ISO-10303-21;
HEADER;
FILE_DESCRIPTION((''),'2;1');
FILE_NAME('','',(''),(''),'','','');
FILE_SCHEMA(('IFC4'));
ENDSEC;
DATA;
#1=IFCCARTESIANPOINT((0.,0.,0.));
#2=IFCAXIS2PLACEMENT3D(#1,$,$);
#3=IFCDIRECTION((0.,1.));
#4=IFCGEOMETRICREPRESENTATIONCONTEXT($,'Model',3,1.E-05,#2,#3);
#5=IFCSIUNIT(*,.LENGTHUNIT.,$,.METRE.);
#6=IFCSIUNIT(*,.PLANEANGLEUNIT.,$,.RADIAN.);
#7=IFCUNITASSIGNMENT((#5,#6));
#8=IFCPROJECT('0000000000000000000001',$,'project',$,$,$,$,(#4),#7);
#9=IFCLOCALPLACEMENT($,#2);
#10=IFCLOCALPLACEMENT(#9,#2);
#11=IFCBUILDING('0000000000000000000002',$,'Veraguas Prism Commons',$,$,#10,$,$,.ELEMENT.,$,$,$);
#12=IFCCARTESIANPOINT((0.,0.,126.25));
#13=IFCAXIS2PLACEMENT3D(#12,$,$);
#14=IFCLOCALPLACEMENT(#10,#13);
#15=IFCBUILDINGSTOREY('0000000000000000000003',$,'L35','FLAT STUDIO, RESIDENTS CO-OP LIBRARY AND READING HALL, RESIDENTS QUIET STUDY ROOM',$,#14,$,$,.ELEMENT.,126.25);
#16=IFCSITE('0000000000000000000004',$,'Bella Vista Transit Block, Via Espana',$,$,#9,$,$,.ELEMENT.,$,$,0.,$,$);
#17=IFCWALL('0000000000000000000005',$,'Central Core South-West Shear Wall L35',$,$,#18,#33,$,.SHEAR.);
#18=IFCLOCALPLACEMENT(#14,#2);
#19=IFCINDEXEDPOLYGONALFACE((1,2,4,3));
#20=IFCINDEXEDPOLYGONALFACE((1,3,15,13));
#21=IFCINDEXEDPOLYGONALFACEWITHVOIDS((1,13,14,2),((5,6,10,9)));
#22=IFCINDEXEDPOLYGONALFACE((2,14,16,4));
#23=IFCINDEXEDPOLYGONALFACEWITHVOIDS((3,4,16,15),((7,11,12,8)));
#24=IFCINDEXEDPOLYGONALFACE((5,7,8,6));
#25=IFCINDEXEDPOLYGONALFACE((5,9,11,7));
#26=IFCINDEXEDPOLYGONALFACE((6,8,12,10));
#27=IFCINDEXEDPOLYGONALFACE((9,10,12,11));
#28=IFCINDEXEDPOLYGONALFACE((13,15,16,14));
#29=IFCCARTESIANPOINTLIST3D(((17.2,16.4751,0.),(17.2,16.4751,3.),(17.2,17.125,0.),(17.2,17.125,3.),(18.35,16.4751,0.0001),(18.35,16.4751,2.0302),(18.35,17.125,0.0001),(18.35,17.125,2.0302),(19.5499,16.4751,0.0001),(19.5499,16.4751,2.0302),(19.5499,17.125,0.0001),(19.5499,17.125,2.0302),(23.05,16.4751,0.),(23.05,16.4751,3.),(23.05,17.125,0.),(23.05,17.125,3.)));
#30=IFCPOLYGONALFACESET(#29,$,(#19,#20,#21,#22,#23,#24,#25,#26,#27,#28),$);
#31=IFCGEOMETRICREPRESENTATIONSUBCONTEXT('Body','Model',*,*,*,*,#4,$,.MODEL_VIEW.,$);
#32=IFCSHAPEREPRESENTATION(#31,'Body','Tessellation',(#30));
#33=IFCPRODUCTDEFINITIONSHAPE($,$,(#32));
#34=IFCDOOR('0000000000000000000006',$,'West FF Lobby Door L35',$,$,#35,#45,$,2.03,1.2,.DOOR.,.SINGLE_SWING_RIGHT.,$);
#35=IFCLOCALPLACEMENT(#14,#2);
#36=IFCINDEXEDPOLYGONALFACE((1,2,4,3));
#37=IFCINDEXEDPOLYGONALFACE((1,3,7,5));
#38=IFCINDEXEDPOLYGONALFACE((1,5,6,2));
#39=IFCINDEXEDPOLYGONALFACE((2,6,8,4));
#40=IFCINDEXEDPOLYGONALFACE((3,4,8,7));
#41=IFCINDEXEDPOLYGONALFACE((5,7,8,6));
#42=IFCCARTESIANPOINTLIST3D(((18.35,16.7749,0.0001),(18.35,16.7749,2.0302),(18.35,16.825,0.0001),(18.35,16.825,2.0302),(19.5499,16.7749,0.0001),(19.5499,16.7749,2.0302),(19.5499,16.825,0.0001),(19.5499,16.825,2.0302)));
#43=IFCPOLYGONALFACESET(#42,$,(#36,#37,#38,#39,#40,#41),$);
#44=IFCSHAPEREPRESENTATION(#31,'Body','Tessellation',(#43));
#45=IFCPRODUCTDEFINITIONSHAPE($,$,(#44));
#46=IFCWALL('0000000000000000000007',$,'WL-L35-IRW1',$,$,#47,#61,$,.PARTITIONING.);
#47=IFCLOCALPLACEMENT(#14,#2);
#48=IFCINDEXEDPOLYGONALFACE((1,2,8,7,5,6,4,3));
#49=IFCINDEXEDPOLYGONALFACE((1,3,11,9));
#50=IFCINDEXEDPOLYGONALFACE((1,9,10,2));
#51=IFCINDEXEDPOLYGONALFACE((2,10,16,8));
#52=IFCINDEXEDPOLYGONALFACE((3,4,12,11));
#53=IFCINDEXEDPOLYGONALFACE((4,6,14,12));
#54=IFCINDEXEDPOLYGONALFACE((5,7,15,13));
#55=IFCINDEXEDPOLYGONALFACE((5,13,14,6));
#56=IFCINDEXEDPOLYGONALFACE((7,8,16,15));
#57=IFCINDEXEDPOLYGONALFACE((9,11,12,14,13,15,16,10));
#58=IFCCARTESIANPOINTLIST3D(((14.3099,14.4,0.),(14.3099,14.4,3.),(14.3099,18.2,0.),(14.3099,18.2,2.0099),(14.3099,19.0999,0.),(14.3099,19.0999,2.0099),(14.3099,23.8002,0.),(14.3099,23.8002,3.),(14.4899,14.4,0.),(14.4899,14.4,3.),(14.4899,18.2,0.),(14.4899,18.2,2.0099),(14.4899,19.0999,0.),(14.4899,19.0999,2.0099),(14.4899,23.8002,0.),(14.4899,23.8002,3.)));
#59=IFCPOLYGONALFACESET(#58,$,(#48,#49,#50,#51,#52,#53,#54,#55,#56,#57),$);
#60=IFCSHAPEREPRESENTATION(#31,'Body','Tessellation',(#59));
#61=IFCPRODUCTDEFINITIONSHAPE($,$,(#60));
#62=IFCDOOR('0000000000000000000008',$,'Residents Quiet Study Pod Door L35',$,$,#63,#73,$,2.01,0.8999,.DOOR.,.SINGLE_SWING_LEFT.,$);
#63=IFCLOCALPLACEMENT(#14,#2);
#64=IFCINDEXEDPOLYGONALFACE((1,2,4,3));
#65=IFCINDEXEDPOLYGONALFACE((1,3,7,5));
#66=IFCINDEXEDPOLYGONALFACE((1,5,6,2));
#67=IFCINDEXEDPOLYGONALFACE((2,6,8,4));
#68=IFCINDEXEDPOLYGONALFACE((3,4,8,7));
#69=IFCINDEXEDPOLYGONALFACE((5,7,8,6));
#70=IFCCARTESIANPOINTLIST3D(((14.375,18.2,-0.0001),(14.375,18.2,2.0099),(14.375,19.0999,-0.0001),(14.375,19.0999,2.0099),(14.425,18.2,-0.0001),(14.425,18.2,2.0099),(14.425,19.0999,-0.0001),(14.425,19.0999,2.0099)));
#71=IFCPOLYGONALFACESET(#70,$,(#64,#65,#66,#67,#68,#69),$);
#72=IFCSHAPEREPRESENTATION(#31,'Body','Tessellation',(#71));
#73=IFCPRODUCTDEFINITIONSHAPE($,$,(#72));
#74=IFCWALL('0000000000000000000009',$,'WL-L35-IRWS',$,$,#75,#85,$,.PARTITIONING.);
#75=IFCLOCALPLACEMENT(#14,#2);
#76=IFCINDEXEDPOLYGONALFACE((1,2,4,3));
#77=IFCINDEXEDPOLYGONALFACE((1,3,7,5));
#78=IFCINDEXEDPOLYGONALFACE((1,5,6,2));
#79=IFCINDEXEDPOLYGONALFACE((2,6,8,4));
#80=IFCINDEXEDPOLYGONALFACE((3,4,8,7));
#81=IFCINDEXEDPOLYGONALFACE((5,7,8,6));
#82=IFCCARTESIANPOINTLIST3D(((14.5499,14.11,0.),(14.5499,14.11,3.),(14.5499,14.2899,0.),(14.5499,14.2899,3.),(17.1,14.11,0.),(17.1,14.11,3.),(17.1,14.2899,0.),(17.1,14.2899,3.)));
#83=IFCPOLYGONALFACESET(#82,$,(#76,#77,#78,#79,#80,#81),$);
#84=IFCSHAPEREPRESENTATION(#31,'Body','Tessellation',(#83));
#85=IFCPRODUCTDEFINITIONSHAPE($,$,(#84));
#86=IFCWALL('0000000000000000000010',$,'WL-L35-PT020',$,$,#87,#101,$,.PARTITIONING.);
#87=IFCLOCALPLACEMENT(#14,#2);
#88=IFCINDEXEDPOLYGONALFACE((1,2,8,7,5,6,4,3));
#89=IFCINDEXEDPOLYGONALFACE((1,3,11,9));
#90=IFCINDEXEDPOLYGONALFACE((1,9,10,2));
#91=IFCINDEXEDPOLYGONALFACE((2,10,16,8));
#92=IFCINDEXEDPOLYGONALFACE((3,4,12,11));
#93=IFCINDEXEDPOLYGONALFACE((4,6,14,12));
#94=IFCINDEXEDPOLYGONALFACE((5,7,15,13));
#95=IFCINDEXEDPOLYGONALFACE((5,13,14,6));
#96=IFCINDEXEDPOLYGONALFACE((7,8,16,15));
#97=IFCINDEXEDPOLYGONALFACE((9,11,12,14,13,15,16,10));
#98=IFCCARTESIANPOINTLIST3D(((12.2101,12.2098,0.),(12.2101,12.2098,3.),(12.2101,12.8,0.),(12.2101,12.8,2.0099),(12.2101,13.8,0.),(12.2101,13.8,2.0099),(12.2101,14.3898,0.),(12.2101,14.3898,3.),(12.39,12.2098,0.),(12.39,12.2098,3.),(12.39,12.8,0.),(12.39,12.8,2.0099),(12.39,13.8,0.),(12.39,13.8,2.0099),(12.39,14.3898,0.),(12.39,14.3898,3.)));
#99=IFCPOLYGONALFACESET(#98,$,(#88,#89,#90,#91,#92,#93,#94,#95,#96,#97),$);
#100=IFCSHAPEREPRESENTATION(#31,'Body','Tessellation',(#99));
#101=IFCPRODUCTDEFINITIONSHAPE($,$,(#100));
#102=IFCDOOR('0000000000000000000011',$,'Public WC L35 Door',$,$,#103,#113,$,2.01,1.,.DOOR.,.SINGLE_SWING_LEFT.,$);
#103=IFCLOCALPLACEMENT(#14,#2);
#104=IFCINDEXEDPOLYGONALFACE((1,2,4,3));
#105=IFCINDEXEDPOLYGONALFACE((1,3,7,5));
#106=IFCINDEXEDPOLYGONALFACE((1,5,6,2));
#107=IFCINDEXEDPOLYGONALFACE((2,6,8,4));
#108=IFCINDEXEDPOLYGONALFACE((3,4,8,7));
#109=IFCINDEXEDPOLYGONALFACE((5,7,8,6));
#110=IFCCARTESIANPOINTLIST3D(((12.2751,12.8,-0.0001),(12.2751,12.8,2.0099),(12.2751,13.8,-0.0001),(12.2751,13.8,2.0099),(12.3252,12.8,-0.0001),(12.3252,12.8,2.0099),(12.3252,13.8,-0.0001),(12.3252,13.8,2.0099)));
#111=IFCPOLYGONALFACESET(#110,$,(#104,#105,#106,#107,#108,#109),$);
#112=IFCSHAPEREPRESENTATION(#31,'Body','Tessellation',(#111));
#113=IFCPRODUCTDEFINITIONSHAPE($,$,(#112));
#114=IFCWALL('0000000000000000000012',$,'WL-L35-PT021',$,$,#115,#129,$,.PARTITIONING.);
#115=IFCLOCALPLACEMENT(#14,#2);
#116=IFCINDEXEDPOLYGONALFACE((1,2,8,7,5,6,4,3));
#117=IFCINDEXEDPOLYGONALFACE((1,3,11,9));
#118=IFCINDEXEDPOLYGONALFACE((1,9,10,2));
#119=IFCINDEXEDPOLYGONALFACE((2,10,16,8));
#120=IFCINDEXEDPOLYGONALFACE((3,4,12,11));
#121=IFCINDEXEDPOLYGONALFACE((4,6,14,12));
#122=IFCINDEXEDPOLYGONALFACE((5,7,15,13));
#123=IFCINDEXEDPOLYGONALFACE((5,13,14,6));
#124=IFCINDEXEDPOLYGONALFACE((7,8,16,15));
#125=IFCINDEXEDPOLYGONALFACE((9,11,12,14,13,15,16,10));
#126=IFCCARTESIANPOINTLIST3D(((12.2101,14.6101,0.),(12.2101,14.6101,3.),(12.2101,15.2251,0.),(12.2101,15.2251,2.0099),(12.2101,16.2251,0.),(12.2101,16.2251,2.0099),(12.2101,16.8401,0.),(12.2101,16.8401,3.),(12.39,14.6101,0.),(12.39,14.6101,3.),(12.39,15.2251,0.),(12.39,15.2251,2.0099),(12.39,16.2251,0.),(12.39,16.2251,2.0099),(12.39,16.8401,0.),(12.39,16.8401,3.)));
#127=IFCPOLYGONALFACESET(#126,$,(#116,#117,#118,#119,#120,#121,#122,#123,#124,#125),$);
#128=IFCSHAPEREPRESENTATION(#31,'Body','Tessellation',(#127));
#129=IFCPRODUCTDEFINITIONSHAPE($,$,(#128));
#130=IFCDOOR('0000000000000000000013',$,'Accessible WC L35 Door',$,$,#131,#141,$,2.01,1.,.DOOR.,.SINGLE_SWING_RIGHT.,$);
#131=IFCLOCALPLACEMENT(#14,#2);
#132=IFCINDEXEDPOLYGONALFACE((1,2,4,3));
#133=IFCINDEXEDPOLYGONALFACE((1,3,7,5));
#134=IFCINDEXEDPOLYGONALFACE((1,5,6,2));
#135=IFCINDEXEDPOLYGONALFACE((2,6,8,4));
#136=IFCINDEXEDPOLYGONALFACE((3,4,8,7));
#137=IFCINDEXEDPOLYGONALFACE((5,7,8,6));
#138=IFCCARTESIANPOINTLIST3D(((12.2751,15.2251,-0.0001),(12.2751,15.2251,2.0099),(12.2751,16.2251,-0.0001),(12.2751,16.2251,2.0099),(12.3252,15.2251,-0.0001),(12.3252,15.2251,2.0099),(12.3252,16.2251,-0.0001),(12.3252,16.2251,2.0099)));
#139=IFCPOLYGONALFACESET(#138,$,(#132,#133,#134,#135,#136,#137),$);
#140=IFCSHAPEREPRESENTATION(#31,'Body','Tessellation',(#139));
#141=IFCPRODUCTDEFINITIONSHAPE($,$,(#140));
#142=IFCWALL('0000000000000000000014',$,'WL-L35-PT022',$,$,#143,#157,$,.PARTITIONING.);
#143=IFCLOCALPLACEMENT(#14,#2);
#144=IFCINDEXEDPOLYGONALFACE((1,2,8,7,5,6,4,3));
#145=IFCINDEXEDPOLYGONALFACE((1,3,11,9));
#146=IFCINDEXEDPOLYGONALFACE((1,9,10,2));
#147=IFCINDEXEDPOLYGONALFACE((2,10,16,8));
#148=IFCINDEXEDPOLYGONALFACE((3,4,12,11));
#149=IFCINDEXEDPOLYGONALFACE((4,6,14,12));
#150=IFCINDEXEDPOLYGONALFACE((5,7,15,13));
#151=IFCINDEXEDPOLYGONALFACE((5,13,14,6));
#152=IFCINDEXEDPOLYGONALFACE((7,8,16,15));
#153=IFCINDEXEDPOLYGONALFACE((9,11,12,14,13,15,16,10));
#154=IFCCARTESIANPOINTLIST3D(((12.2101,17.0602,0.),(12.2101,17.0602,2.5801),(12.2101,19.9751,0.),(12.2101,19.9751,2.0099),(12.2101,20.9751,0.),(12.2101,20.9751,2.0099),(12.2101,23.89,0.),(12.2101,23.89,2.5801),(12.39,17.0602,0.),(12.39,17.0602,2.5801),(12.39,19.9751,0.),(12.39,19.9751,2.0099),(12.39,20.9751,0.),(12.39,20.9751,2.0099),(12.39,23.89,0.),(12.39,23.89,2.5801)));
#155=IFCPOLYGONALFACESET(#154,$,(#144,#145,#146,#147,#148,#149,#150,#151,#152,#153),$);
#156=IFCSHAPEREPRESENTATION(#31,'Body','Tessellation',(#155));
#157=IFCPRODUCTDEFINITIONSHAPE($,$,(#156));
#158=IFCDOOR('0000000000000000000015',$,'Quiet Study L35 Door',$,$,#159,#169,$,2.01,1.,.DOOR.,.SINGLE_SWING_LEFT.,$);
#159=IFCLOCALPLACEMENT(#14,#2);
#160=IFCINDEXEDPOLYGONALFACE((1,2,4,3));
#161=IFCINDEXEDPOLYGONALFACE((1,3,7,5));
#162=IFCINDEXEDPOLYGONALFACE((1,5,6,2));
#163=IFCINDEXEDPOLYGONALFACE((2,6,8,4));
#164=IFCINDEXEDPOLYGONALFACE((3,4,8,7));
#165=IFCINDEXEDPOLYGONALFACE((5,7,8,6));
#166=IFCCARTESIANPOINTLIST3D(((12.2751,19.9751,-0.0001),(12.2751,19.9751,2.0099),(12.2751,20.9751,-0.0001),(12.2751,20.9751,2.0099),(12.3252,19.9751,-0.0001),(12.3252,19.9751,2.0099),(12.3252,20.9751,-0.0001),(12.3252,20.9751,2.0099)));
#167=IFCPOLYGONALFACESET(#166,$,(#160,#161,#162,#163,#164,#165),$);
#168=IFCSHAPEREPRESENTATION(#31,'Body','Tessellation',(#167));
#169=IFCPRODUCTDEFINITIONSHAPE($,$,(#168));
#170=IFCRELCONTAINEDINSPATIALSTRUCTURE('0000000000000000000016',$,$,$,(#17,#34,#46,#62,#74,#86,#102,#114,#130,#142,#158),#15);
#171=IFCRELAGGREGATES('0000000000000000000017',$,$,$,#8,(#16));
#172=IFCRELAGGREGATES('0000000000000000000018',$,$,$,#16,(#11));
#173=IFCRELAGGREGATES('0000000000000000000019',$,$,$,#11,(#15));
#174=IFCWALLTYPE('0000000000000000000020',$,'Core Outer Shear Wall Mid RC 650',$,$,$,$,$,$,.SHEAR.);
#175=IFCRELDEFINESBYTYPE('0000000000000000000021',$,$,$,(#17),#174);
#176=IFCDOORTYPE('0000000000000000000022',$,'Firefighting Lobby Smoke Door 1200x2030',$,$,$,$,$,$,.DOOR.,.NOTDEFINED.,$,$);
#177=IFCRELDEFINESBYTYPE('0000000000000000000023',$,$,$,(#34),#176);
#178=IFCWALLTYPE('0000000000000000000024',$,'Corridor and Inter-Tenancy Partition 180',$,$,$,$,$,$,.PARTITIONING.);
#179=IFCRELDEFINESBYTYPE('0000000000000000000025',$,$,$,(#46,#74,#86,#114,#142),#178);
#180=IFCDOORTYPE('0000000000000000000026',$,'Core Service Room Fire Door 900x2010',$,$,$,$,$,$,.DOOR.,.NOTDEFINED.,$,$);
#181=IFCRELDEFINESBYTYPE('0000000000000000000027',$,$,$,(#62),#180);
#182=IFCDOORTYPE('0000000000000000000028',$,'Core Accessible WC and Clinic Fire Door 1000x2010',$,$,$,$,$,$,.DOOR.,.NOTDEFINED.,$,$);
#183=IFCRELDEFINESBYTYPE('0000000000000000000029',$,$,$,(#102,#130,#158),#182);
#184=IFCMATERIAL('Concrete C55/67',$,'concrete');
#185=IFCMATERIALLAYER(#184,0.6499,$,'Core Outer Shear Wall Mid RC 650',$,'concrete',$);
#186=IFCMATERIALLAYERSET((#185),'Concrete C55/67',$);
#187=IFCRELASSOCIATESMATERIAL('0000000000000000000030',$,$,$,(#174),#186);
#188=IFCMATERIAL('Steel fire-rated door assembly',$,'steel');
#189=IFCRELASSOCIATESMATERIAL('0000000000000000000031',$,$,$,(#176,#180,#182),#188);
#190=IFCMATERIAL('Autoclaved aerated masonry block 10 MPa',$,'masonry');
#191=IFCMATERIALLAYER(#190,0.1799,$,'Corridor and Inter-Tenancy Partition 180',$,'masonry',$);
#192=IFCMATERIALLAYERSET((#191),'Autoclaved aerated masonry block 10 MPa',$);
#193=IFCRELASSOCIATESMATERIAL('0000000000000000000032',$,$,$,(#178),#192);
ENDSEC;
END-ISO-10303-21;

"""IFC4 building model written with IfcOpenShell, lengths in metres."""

from ifc_helpers import new_model, si_unit, direction, frame, frame_2d, origin, place, context, subcontext, project, spatial, rectangle, extrude, source, transform, mapped, material, layer, layer_set, type_object, element, fill, save


model = new_model("IFC4")

# Units and contexts
model_context = context("Model", 3, precision=1e-05, world=origin(), true_north=direction((0.0, 1.0)))
body_context = subcontext(model_context, "Body", "Model", "MODEL_VIEW")
ifc_project = project(units=[si_unit("LENGTHUNIT", "METRE"), si_unit("PLANEANGLEUNIT", "RADIAN")], contexts=[model_context])

# Site, building, storey
site_placement = place(None, origin())
site = spatial("IfcSite", under=ifc_project, at=site_placement, Name="Bella Vista Transit Block, Via Espana", CompositionType="ELEMENT", RefElevation=0.0)
building_placement = place(site_placement, origin())
building = spatial("IfcBuilding", under=site, at=building_placement, Name="Veraguas Prism Commons", CompositionType="ELEMENT")
storey_placement = place(building_placement, frame((0.0, 0.0, 126.25)))
storey = spatial("IfcBuildingStorey", under=building, at=storey_placement, Name="L35", Description="FLAT STUDIO, RESIDENTS CO-OP LIBRARY AND READING HALL, RESIDENTS QUIET STUDY ROOM", CompositionType="ELEMENT", Elevation=126.25)

# Shared definitions
ifc_material_1 = material(Name="Steel fire-rated door assembly", Category="steel")

# Shared definitions
ifc_material_2 = material(Name="Concrete C55/67", Category="concrete")
ifc_layer_1 = layer(ifc_material_2, 0.6499, Name="Core Outer Shear Wall Mid RC 650", Category="concrete")
ifc_layer_set_1 = layer_set([ifc_layer_1], Name="Concrete C55/67")
wall_type_1 = type_object("IfcWallType", Name="Core Outer Shear Wall Mid RC 650", PredefinedType="SHEAR", material=ifc_layer_set_1)

# Walls, openings, doors
wall_1_placement = place(storey_placement, frame((17.2, 16.8, 0.0), z_axis=(0.0, 0.0, 1.0), x_axis=(1.0, 0.0, 0.0)))
wall_1 = element("IfcWall", 1, at=wall_1_placement, inside=storey, type_object=wall_type_1, Name="Central Core South-West Shear Wall L35", PredefinedType="SHEAR", context=body_context, shape_type="SweptSolid", body=[
    extrude(rectangle(XDim=5.8501, YDim=0.6499, at=frame_2d((2.925, 0.0))), origin(), (0.0, 0.0, 1.0), 3.0),
])
opening_1_placement = place(wall_1_placement, frame((1.1499, 0.0, 0.0)))
opening_1 = element("IfcOpeningElement", 2, at=opening_1_placement, cuts=wall_1, PredefinedType="OPENING", context=body_context, shape_type="SweptSolid", body=[
    extrude(rectangle(XDim=1.2, YDim=2.03, at=frame_2d((0.6001, 1.0151))), frame((0.0, 0.335, 0.0), z_axis=(0.0, -1.0, 0.0), x_axis=(1.0, 0.0, 0.0)), (0.0, 0.0, 1.0), 0.6699),
])
door_type_1 = type_object("IfcDoorType", Name="Firefighting Lobby Smoke Door 1200x2030", OperationType="NOTDEFINED", PredefinedType="DOOR", material=ifc_material_1)
shared_shape_1 = source(origin(), body_context, "Body", "SweptSolid", [
    extrude(rectangle(XDim=1.2, YDim=2.03, at=frame_2d((0.6001, 1.0151))), frame((0.0, 0.0249, 0.0), z_axis=(0.0, -1.0, 0.0), x_axis=(1.0, 0.0, 0.0)), (0.0, 0.0, 1.0), 0.05),
])
door_1_placement = place(opening_1_placement, origin())
door_1 = element("IfcDoor", 3, at=door_1_placement, inside=storey, type_object=door_type_1, Name="West FF Lobby Door L35", OperationType="SINGLE_SWING_RIGHT", OverallHeight=2.03, OverallWidth=1.2, PredefinedType="DOOR", context=body_context, shape_type="MappedRepresentation", body=[
    mapped(shared_shape_1, transform((0.0, 0.0, 0.0), scale=1.0)),
])
fill(opening_1, door_1)
ifc_material_3 = material(Name="Autoclaved aerated masonry block 10 MPa", Category="masonry")
ifc_layer_2 = layer(ifc_material_3, 0.1799, Name="Corridor and Inter-Tenancy Partition 180", Category="masonry")
ifc_layer_set_2 = layer_set([ifc_layer_2], Name="Autoclaved aerated masonry block 10 MPa")
wall_type_2 = type_object("IfcWallType", Name="Corridor and Inter-Tenancy Partition 180", PredefinedType="PARTITIONING", material=ifc_layer_set_2)
wall_2_placement = place(storey_placement, frame((14.3999, 14.3999, 0.0), z_axis=(0.0, 0.0, 1.0), x_axis=(0.0, 1.0, 0.0)))
wall_2 = element("IfcWall", 4, at=wall_2_placement, inside=storey, type_object=wall_type_2, Name="WL-L35-IRW1", PredefinedType="PARTITIONING", context=body_context, shape_type="SweptSolid", body=[
    extrude(rectangle(XDim=9.4001, YDim=0.1799, at=frame_2d((4.7002, 0.0))), origin(), (0.0, 0.0, 1.0), 3.0),
])
opening_2_placement = place(wall_2_placement, frame((3.8, 0.0, 0.0)))
opening_2 = element("IfcOpeningElement", 5, at=opening_2_placement, cuts=wall_2, PredefinedType="OPENING", context=body_context, shape_type="SweptSolid", body=[
    extrude(rectangle(XDim=0.8999, YDim=2.01, at=frame_2d((0.45, 1.0049))), frame((0.0, 0.0999, 0.0), z_axis=(0.0, -1.0, 0.0), x_axis=(1.0, 0.0, 0.0)), (0.0, 0.0, 1.0), 0.2),
])
door_type_2 = type_object("IfcDoorType", Name="Core Service Room Fire Door 900x2010", OperationType="NOTDEFINED", PredefinedType="DOOR", material=ifc_material_1)
shared_shape_2 = source(origin(), body_context, "Body", "SweptSolid", [
    extrude(rectangle(XDim=0.8999, YDim=2.01, at=frame_2d((0.45, 1.0049))), frame((0.0, 0.0249, 0.0), z_axis=(0.0, -1.0, 0.0), x_axis=(1.0, 0.0, 0.0)), (0.0, 0.0, 1.0), 0.05),
])
door_2_placement = place(opening_2_placement, origin())
door_2 = element("IfcDoor", 6, at=door_2_placement, inside=storey, type_object=door_type_2, Name="Residents Quiet Study Pod Door L35", OperationType="SINGLE_SWING_LEFT", OverallHeight=2.01, OverallWidth=0.8999, PredefinedType="DOOR", context=body_context, shape_type="MappedRepresentation", body=[
    mapped(shared_shape_2, transform((0.0, 0.0, 0.0), scale=1.0)),
])
fill(opening_2, door_2)

# Wall
wall_3_placement = place(storey_placement, frame((14.55, 14.2, 0.0), z_axis=(0.0, 0.0, 1.0), x_axis=(1.0, 0.0, 0.0)))
element("IfcWall", 7, at=wall_3_placement, inside=storey, type_object=wall_type_2, Name="WL-L35-IRWS", PredefinedType="PARTITIONING", context=body_context, shape_type="SweptSolid", body=[
    extrude(rectangle(XDim=2.55, YDim=0.1799, at=frame_2d((1.2749, 0.0))), origin(), (0.0, 0.0, 1.0), 3.0),
])

# Walls, openings, doors
wall_4_placement = place(storey_placement, frame((12.3, 12.21, 0.0), z_axis=(0.0, 0.0, 1.0), x_axis=(0.0, 1.0, 0.0)))
wall_4 = element("IfcWall", 8, at=wall_4_placement, inside=storey, type_object=wall_type_2, Name="WL-L35-PT020", PredefinedType="PARTITIONING", context=body_context, shape_type="SweptSolid", body=[
    extrude(rectangle(XDim=2.1799, YDim=0.1799, at=frame_2d((1.0898, 0.0))), origin(), (0.0, 0.0, 1.0), 3.0),
])
opening_3_placement = place(wall_4_placement, frame((0.5901, 0.0, 0.0)))
opening_3 = element("IfcOpeningElement", 9, at=opening_3_placement, cuts=wall_4, PredefinedType="OPENING", context=body_context, shape_type="SweptSolid", body=[
    extrude(rectangle(XDim=1.0, YDim=2.01, at=frame_2d((0.5, 1.0049))), frame((0.0, 0.0999, 0.0), z_axis=(0.0, -1.0, 0.0), x_axis=(1.0, 0.0, 0.0)), (0.0, 0.0, 1.0), 0.2),
])
door_type_3 = type_object("IfcDoorType", Name="Core Accessible WC and Clinic Fire Door 1000x2010", OperationType="NOTDEFINED", PredefinedType="DOOR", material=ifc_material_1)
shared_shape_3 = source(origin(), body_context, "Body", "SweptSolid", [
    extrude(rectangle(XDim=1.0, YDim=2.01, at=frame_2d((0.5, 1.0049))), frame((0.0, 0.0249, 0.0), z_axis=(0.0, -1.0, 0.0), x_axis=(1.0, 0.0, 0.0)), (0.0, 0.0, 1.0), 0.05),
])
door_3_placement = place(opening_3_placement, origin())
door_3 = element("IfcDoor", 10, at=door_3_placement, inside=storey, type_object=door_type_3, Name="Public WC L35 Door", OperationType="SINGLE_SWING_LEFT", OverallHeight=2.01, OverallWidth=1.0, PredefinedType="DOOR", context=body_context, shape_type="MappedRepresentation", body=[
    mapped(shared_shape_3, transform((0.0, 0.0, 0.0), scale=1.0)),
])
fill(opening_3, door_3)
wall_5_placement = place(storey_placement, frame((12.3, 14.6101, 0.0), z_axis=(0.0, 0.0, 1.0), x_axis=(0.0, 1.0, 0.0)))
wall_5 = element("IfcWall", 11, at=wall_5_placement, inside=storey, type_object=wall_type_2, Name="WL-L35-PT021", PredefinedType="PARTITIONING", context=body_context, shape_type="SweptSolid", body=[
    extrude(rectangle(XDim=2.23, YDim=0.1799, at=frame_2d((1.115, 0.0))), origin(), (0.0, 0.0, 1.0), 3.0),
])
opening_4_placement = place(wall_5_placement, frame((0.615, 0.0, 0.0)))
opening_4 = element("IfcOpeningElement", 12, at=opening_4_placement, cuts=wall_5, PredefinedType="OPENING", context=body_context, shape_type="SweptSolid", body=[
    extrude(rectangle(XDim=1.0, YDim=2.01, at=frame_2d((0.5, 1.0049))), frame((0.0, 0.0999, 0.0), z_axis=(0.0, -1.0, 0.0), x_axis=(1.0, 0.0, 0.0)), (0.0, 0.0, 1.0), 0.2),
])
door_4_placement = place(opening_4_placement, origin())
door_4 = element("IfcDoor", 13, at=door_4_placement, inside=storey, type_object=door_type_3, Name="Accessible WC L35 Door", OperationType="SINGLE_SWING_RIGHT", OverallHeight=2.01, OverallWidth=1.0, PredefinedType="DOOR", context=body_context, shape_type="MappedRepresentation", body=[
    mapped(shared_shape_3, transform((0.0, 0.0, 0.0), scale=1.0)),
])
fill(opening_4, door_4)
wall_6_placement = place(storey_placement, frame((12.3, 17.0601, 0.0), z_axis=(0.0, 0.0, 1.0), x_axis=(0.0, 1.0, 0.0)))
wall_6 = element("IfcWall", 14, at=wall_6_placement, inside=storey, type_object=wall_type_2, Name="WL-L35-PT022", PredefinedType="PARTITIONING", context=body_context, shape_type="SweptSolid", body=[
    extrude(rectangle(XDim=6.8298, YDim=0.1799, at=frame_2d((3.415, 0.0))), origin(), (0.0, 0.0, 1.0), 2.5801),
])
opening_5_placement = place(wall_6_placement, frame((2.915, 0.0, 0.0)))
opening_5 = element("IfcOpeningElement", 15, at=opening_5_placement, cuts=wall_6, PredefinedType="OPENING", context=body_context, shape_type="SweptSolid", body=[
    extrude(rectangle(XDim=1.0, YDim=2.01, at=frame_2d((0.5, 1.0049))), frame((0.0, 0.0999, 0.0), z_axis=(0.0, -1.0, 0.0), x_axis=(1.0, 0.0, 0.0)), (0.0, 0.0, 1.0), 0.2),
])
door_5_placement = place(opening_5_placement, origin())
door_5 = element("IfcDoor", 16, at=door_5_placement, inside=storey, type_object=door_type_3, Name="Quiet Study L35 Door", OperationType="SINGLE_SWING_LEFT", OverallHeight=2.01, OverallWidth=1.0, PredefinedType="DOOR", context=body_context, shape_type="MappedRepresentation", body=[
    mapped(shared_shape_3, transform((0.0, 0.0, 0.0), scale=1.0)),
])
fill(opening_5, door_5)

save(model, "model.ifc")
